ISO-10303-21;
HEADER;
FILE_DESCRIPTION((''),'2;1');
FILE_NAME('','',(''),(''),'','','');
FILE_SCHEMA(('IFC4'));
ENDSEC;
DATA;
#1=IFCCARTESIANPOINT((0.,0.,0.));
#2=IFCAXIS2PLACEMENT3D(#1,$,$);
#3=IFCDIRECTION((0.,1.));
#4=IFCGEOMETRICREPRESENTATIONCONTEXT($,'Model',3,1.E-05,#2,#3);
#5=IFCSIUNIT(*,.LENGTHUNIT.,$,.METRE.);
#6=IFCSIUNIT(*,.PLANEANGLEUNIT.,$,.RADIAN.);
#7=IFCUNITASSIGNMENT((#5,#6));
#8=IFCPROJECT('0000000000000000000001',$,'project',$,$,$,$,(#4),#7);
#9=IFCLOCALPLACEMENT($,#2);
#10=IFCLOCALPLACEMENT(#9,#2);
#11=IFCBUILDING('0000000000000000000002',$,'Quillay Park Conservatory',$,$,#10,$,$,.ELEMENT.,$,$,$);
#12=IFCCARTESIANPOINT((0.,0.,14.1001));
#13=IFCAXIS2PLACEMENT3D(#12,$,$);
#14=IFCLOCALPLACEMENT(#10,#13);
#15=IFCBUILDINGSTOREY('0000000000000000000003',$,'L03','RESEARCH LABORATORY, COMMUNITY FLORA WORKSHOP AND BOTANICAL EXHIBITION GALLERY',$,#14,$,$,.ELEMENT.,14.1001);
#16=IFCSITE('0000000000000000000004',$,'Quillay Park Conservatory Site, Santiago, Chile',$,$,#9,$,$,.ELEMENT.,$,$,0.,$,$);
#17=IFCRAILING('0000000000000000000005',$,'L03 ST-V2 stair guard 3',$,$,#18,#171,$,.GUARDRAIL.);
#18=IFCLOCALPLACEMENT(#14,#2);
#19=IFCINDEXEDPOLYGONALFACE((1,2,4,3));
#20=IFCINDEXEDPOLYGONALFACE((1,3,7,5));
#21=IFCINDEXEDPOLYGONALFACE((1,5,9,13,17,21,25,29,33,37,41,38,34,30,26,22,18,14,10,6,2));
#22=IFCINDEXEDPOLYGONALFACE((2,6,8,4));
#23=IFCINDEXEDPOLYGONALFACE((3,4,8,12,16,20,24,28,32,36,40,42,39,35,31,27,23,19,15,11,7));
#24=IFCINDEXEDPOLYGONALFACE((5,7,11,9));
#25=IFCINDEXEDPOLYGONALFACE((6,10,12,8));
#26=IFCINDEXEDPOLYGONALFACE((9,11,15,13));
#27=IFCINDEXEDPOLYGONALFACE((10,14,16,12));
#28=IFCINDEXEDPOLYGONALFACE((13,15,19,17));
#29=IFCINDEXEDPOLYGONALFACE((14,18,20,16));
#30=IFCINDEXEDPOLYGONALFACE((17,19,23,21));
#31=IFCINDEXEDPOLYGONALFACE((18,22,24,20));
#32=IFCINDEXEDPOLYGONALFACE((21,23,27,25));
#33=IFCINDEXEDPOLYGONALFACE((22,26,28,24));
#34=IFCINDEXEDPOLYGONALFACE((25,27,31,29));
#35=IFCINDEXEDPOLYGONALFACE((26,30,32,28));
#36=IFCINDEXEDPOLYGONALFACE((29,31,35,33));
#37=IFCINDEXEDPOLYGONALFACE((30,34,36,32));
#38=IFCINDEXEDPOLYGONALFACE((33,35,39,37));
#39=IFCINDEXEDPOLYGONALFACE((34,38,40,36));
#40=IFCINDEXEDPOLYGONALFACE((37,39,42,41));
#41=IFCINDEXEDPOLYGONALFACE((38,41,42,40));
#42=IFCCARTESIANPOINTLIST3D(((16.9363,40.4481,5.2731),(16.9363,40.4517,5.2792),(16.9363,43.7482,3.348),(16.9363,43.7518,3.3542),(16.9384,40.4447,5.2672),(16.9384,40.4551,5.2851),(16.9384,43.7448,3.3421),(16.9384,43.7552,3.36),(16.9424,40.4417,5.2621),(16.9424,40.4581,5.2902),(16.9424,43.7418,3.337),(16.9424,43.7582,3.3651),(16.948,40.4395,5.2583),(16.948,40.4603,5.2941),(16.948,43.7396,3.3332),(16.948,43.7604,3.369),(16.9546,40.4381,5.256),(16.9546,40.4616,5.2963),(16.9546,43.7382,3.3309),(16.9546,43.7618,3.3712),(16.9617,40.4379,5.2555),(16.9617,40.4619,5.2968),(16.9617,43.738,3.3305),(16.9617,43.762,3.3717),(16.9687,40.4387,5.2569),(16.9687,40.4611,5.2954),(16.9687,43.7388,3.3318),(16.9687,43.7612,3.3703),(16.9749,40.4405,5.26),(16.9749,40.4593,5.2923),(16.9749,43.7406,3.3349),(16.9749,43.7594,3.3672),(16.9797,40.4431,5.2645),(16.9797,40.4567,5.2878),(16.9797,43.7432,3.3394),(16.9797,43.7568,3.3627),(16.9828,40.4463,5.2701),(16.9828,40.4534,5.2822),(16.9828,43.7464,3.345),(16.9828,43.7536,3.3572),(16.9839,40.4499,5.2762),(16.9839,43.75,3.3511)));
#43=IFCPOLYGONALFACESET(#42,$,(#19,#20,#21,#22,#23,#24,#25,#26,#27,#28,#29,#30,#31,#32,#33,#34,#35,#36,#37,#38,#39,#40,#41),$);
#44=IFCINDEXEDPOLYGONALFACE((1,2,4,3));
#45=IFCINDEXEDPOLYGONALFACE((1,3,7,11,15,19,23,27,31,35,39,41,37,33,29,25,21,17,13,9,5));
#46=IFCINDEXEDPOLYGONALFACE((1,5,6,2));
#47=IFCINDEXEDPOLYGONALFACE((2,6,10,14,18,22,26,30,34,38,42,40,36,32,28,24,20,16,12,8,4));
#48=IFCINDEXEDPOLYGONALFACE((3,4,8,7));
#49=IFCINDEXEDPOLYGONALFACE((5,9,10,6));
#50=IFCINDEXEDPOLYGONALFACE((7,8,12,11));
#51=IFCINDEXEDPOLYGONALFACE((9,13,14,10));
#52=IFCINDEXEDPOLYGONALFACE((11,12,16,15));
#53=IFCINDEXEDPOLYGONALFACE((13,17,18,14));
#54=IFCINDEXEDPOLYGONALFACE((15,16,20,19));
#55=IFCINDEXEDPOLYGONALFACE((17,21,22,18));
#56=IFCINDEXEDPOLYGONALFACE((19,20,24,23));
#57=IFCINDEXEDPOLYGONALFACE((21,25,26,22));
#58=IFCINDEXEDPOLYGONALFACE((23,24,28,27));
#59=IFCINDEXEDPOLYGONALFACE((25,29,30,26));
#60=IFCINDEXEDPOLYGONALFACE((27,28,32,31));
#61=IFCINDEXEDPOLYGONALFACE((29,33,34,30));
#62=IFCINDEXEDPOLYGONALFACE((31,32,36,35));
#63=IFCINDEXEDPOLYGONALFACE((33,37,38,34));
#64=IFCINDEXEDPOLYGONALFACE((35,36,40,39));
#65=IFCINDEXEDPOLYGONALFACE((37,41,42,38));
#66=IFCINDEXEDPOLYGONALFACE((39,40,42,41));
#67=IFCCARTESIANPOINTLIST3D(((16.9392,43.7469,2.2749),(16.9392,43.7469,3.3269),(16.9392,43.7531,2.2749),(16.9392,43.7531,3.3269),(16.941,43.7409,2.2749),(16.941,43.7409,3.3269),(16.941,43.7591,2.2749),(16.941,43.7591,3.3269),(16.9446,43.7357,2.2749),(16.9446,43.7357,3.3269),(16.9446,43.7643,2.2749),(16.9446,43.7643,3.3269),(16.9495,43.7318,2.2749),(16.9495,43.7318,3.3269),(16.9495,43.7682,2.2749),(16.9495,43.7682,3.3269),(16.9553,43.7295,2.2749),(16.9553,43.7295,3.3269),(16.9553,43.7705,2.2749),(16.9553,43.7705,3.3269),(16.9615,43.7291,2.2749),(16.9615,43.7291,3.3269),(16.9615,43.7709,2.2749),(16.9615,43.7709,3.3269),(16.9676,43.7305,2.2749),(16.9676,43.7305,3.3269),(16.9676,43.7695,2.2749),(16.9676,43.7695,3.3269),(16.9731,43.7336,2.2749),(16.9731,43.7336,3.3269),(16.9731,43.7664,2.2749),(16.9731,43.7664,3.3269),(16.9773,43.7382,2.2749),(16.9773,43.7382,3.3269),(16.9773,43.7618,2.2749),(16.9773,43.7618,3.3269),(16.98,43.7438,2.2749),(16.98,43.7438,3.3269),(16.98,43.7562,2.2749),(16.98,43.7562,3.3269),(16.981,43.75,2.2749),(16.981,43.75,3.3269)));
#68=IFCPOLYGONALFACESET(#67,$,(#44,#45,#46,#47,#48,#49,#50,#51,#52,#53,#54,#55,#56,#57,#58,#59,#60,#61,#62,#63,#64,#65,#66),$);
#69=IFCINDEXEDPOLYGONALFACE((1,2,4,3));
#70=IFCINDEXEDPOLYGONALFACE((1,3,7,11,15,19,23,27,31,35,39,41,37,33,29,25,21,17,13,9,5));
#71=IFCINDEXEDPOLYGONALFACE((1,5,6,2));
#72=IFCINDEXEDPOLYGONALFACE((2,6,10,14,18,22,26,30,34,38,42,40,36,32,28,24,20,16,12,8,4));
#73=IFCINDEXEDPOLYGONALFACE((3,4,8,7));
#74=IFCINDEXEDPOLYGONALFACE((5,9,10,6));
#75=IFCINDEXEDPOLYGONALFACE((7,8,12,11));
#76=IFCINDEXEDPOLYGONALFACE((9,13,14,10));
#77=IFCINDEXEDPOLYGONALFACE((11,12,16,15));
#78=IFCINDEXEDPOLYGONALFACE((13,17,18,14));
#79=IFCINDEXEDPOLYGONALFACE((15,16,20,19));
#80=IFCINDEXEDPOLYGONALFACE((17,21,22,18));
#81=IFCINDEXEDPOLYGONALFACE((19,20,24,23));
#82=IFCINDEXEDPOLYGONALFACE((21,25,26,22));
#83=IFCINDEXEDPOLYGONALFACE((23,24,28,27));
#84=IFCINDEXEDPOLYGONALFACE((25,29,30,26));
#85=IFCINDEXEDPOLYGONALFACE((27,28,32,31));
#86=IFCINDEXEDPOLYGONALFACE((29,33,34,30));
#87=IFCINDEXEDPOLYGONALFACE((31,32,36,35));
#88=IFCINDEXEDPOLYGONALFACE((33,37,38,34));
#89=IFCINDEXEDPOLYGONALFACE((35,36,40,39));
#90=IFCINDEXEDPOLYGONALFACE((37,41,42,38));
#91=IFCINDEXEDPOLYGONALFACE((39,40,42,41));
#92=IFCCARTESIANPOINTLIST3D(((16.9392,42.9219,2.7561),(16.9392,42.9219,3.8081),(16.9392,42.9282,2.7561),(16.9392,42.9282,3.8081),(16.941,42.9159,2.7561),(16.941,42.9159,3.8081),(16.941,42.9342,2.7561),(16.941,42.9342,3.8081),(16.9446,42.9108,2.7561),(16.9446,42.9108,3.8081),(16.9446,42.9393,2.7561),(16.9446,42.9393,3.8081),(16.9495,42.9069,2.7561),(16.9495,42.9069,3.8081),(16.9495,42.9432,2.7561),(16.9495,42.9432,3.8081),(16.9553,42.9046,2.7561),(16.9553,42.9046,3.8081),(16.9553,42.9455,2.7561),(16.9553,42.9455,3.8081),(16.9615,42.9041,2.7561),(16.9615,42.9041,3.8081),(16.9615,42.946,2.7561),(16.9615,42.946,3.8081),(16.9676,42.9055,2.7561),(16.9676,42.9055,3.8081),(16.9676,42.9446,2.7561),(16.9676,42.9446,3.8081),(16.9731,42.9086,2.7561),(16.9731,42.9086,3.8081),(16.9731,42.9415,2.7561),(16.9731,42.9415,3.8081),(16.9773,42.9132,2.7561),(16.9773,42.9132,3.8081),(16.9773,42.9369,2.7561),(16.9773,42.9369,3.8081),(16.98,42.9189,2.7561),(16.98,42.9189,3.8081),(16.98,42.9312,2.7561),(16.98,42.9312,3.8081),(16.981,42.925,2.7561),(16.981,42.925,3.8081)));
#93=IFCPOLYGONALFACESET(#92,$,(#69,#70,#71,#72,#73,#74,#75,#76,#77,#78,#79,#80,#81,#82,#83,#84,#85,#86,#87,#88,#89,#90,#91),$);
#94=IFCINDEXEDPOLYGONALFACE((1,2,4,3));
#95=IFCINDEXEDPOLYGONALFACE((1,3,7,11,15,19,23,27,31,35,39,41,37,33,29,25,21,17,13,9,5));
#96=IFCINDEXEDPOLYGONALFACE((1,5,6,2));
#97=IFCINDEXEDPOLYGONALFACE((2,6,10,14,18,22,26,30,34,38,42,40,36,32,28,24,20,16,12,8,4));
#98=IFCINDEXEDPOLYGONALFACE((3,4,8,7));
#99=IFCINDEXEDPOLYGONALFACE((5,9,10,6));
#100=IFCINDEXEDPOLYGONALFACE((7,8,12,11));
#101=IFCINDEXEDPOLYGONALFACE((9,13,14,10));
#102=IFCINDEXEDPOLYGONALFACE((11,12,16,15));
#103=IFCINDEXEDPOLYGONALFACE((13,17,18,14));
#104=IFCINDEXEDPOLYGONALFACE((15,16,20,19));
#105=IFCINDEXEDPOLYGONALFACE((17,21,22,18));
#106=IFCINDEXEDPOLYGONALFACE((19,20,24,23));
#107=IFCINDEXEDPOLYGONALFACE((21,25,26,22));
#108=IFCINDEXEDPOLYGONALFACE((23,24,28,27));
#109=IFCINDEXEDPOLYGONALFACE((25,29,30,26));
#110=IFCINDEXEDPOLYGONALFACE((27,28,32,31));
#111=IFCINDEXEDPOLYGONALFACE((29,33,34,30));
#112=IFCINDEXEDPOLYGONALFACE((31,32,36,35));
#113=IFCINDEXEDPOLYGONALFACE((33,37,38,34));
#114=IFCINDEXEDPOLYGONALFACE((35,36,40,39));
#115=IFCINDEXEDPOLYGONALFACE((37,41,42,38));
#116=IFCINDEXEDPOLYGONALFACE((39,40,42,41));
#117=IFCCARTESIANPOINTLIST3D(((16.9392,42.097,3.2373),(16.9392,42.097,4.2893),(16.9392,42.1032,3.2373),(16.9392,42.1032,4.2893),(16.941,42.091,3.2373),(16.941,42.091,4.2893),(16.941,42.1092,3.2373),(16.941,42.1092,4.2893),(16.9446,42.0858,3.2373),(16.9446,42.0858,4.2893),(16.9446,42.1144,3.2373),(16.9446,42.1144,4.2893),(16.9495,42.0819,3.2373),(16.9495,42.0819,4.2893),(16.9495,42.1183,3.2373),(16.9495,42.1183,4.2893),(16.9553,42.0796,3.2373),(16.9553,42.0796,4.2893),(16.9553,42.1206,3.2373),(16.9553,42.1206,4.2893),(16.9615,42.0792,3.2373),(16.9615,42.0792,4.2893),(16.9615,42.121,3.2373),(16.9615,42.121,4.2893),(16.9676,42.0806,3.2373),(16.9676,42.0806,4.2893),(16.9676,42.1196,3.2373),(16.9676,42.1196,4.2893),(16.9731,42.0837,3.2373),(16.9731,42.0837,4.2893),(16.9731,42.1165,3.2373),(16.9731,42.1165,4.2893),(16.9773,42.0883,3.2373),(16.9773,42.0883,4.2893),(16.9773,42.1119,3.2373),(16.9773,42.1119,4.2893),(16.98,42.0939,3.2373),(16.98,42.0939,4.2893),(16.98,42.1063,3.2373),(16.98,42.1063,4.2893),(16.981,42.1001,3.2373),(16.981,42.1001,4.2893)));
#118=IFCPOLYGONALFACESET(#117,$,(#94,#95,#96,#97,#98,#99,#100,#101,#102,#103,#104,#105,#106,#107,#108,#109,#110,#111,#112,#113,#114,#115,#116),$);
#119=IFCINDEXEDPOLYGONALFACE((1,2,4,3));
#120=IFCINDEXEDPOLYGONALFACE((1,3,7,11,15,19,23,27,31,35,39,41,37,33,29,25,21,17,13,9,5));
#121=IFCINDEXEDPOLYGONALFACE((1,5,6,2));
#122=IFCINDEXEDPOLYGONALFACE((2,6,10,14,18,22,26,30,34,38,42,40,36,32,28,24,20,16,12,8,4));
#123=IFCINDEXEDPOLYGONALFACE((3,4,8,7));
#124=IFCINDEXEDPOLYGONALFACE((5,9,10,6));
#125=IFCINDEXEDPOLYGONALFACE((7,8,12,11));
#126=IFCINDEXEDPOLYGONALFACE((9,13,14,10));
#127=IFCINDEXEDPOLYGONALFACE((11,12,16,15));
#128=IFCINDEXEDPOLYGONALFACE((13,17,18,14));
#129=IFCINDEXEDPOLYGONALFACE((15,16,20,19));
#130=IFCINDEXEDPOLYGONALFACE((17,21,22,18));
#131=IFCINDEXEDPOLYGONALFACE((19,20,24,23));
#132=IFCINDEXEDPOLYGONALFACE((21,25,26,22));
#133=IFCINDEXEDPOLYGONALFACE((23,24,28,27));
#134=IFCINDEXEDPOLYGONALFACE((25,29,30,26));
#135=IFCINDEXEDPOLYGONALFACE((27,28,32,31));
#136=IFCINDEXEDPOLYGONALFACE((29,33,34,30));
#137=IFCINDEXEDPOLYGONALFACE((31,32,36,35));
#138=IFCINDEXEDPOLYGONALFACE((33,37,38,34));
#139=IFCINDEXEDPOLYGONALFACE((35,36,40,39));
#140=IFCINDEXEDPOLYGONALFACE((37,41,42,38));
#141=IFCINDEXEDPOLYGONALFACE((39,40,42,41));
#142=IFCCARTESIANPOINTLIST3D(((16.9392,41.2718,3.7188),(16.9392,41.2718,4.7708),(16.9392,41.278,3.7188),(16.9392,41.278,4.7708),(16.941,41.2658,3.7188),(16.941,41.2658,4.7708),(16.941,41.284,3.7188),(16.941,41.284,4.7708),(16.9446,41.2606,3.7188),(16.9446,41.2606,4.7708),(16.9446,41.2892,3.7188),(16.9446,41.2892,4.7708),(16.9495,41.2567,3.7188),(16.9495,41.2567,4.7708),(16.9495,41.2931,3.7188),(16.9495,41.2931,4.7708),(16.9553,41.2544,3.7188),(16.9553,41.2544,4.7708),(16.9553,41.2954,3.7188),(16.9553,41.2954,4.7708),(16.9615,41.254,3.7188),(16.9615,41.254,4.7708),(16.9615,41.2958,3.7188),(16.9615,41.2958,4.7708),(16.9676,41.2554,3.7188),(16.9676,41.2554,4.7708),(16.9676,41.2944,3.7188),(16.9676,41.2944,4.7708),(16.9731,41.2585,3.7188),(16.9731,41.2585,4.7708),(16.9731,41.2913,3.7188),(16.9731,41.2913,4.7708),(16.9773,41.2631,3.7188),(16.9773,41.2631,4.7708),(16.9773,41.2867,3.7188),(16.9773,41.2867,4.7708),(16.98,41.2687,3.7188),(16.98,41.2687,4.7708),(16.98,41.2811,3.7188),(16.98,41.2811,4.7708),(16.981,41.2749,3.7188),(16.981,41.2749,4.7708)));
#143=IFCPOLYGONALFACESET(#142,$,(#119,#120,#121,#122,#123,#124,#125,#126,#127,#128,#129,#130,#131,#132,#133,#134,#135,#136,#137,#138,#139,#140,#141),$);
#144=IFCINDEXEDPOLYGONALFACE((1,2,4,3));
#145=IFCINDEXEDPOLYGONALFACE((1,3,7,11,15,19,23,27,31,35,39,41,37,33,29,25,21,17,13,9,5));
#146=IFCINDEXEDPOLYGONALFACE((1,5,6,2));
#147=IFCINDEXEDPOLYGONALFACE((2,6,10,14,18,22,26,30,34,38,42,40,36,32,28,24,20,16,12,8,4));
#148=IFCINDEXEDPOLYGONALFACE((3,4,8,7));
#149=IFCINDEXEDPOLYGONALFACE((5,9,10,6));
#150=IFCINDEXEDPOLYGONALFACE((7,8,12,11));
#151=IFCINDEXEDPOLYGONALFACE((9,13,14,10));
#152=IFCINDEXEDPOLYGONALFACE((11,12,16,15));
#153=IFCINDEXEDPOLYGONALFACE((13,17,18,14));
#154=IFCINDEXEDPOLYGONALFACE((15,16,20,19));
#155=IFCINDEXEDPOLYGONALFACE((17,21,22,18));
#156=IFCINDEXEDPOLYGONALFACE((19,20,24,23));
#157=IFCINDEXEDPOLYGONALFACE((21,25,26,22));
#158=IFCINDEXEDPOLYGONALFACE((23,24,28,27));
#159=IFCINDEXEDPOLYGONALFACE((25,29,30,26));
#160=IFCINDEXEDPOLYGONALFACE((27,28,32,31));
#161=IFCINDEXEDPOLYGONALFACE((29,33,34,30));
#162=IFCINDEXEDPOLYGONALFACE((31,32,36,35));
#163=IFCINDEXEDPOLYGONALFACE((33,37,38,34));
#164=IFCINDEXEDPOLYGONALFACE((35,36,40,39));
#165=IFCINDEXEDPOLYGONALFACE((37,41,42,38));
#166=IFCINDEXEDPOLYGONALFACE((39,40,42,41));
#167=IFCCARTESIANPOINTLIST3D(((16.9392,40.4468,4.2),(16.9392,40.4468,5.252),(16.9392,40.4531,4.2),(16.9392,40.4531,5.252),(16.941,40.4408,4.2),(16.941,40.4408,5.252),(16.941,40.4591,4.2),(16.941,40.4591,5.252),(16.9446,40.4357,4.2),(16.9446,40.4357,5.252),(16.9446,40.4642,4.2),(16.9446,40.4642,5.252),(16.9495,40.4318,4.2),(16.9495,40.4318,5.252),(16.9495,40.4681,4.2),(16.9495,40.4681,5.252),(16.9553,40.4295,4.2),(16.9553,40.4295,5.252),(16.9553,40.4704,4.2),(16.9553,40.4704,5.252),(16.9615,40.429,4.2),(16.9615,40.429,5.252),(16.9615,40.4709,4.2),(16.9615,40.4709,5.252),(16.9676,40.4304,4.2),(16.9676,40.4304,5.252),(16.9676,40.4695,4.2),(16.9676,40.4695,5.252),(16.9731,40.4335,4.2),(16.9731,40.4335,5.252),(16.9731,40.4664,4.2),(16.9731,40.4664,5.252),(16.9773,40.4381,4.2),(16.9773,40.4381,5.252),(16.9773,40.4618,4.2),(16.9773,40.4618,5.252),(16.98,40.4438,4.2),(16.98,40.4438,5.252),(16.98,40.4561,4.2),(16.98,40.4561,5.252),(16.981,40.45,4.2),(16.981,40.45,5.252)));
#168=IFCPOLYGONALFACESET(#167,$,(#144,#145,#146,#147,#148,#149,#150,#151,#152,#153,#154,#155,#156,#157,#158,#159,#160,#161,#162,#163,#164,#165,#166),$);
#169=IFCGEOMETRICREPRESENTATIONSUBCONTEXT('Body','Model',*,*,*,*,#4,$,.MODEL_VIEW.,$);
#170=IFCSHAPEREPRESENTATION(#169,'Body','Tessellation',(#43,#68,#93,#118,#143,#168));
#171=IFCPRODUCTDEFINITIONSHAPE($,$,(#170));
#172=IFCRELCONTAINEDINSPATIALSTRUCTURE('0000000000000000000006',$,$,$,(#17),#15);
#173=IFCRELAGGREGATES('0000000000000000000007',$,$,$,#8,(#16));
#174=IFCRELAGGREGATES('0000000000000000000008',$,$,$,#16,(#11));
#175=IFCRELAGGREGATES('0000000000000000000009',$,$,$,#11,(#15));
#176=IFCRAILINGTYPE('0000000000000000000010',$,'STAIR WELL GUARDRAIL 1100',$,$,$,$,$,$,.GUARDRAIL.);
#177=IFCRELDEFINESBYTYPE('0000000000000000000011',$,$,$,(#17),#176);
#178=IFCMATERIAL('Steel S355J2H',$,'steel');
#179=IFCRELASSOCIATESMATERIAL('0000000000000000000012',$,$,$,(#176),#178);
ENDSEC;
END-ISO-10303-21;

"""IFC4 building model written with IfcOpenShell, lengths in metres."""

from ifc_helpers import new_model, si_unit, direction, frame, origin, origin_2d, place, context, subcontext, project, spatial, circle, extrude, material, type_object, element, save


model = new_model("IFC4")

# Units and contexts
model_context = context("Model", 3, precision=1e-05, world=origin(), true_north=direction((0.0, 1.0)))
body_context = subcontext(model_context, "Body", "Model", "MODEL_VIEW")
ifc_project = project(units=[si_unit("LENGTHUNIT", "METRE"), si_unit("PLANEANGLEUNIT", "RADIAN")], contexts=[model_context])

# Site, building, storey
site_placement = place(None, origin())
site = spatial("IfcSite", under=ifc_project, at=site_placement, Name="Quillay Park Conservatory Site, Santiago, Chile", CompositionType="ELEMENT", RefElevation=0.0)
building_placement = place(site_placement, origin())
building = spatial("IfcBuilding", under=site, at=building_placement, Name="Quillay Park Conservatory", CompositionType="ELEMENT")
storey_placement = place(building_placement, frame((0.0, 0.0, 14.1001)))
storey = spatial("IfcBuildingStorey", under=building, at=storey_placement, Name="L03", Description="RESEARCH LABORATORY, COMMUNITY FLORA WORKSHOP AND BOTANICAL EXHIBITION GALLERY", CompositionType="ELEMENT", Elevation=14.1001)

# Railing
ifc_material_1 = material(Name="Steel S355J2H", Category="steel")
railing_type_1 = type_object("IfcRailingType", Name="STAIR WELL GUARDRAIL 1100", PredefinedType="GUARDRAIL", material=ifc_material_1)
railing_1_placement = place(storey_placement, frame((16.96, 43.75, 2.2749)))
element("IfcRailing", 1, at=railing_1_placement, inside=storey, type_object=railing_type_1, Name="L03 ST-V2 stair guard 3", PredefinedType="GUARDRAIL", context=body_context, shape_type="SweptSolid", body=[
    extrude(circle(Radius=0.0239, at=origin_2d()), frame((0.0, 0.0, 1.0762), z_axis=(0.0, -0.863777, 0.503875), x_axis=(1.0, 0.0, 0.0)), (0.0, 0.0, 1.0), 3.8206),
    extrude(circle(Radius=0.021, at=origin_2d()), origin(), (0.0, 0.0, 1.0), 1.052),
    extrude(circle(Radius=0.021, at=origin_2d()), frame((0.0, -0.825, 0.4812)), (0.0, 0.0, 1.0), 1.052),
    extrude(circle(Radius=0.021, at=origin_2d()), frame((0.0, -1.6499, 0.9624)), (0.0, 0.0, 1.0), 1.052),
    extrude(circle(Radius=0.021, at=origin_2d()), frame((0.0, -2.4751, 1.4438)), (0.0, 0.0, 1.0), 1.052),
    extrude(circle(Radius=0.021, at=origin_2d()), frame((0.0, -3.3, 1.925)), (0.0, 0.0, 1.0), 1.052),
])

save(model, "model.ifc")
